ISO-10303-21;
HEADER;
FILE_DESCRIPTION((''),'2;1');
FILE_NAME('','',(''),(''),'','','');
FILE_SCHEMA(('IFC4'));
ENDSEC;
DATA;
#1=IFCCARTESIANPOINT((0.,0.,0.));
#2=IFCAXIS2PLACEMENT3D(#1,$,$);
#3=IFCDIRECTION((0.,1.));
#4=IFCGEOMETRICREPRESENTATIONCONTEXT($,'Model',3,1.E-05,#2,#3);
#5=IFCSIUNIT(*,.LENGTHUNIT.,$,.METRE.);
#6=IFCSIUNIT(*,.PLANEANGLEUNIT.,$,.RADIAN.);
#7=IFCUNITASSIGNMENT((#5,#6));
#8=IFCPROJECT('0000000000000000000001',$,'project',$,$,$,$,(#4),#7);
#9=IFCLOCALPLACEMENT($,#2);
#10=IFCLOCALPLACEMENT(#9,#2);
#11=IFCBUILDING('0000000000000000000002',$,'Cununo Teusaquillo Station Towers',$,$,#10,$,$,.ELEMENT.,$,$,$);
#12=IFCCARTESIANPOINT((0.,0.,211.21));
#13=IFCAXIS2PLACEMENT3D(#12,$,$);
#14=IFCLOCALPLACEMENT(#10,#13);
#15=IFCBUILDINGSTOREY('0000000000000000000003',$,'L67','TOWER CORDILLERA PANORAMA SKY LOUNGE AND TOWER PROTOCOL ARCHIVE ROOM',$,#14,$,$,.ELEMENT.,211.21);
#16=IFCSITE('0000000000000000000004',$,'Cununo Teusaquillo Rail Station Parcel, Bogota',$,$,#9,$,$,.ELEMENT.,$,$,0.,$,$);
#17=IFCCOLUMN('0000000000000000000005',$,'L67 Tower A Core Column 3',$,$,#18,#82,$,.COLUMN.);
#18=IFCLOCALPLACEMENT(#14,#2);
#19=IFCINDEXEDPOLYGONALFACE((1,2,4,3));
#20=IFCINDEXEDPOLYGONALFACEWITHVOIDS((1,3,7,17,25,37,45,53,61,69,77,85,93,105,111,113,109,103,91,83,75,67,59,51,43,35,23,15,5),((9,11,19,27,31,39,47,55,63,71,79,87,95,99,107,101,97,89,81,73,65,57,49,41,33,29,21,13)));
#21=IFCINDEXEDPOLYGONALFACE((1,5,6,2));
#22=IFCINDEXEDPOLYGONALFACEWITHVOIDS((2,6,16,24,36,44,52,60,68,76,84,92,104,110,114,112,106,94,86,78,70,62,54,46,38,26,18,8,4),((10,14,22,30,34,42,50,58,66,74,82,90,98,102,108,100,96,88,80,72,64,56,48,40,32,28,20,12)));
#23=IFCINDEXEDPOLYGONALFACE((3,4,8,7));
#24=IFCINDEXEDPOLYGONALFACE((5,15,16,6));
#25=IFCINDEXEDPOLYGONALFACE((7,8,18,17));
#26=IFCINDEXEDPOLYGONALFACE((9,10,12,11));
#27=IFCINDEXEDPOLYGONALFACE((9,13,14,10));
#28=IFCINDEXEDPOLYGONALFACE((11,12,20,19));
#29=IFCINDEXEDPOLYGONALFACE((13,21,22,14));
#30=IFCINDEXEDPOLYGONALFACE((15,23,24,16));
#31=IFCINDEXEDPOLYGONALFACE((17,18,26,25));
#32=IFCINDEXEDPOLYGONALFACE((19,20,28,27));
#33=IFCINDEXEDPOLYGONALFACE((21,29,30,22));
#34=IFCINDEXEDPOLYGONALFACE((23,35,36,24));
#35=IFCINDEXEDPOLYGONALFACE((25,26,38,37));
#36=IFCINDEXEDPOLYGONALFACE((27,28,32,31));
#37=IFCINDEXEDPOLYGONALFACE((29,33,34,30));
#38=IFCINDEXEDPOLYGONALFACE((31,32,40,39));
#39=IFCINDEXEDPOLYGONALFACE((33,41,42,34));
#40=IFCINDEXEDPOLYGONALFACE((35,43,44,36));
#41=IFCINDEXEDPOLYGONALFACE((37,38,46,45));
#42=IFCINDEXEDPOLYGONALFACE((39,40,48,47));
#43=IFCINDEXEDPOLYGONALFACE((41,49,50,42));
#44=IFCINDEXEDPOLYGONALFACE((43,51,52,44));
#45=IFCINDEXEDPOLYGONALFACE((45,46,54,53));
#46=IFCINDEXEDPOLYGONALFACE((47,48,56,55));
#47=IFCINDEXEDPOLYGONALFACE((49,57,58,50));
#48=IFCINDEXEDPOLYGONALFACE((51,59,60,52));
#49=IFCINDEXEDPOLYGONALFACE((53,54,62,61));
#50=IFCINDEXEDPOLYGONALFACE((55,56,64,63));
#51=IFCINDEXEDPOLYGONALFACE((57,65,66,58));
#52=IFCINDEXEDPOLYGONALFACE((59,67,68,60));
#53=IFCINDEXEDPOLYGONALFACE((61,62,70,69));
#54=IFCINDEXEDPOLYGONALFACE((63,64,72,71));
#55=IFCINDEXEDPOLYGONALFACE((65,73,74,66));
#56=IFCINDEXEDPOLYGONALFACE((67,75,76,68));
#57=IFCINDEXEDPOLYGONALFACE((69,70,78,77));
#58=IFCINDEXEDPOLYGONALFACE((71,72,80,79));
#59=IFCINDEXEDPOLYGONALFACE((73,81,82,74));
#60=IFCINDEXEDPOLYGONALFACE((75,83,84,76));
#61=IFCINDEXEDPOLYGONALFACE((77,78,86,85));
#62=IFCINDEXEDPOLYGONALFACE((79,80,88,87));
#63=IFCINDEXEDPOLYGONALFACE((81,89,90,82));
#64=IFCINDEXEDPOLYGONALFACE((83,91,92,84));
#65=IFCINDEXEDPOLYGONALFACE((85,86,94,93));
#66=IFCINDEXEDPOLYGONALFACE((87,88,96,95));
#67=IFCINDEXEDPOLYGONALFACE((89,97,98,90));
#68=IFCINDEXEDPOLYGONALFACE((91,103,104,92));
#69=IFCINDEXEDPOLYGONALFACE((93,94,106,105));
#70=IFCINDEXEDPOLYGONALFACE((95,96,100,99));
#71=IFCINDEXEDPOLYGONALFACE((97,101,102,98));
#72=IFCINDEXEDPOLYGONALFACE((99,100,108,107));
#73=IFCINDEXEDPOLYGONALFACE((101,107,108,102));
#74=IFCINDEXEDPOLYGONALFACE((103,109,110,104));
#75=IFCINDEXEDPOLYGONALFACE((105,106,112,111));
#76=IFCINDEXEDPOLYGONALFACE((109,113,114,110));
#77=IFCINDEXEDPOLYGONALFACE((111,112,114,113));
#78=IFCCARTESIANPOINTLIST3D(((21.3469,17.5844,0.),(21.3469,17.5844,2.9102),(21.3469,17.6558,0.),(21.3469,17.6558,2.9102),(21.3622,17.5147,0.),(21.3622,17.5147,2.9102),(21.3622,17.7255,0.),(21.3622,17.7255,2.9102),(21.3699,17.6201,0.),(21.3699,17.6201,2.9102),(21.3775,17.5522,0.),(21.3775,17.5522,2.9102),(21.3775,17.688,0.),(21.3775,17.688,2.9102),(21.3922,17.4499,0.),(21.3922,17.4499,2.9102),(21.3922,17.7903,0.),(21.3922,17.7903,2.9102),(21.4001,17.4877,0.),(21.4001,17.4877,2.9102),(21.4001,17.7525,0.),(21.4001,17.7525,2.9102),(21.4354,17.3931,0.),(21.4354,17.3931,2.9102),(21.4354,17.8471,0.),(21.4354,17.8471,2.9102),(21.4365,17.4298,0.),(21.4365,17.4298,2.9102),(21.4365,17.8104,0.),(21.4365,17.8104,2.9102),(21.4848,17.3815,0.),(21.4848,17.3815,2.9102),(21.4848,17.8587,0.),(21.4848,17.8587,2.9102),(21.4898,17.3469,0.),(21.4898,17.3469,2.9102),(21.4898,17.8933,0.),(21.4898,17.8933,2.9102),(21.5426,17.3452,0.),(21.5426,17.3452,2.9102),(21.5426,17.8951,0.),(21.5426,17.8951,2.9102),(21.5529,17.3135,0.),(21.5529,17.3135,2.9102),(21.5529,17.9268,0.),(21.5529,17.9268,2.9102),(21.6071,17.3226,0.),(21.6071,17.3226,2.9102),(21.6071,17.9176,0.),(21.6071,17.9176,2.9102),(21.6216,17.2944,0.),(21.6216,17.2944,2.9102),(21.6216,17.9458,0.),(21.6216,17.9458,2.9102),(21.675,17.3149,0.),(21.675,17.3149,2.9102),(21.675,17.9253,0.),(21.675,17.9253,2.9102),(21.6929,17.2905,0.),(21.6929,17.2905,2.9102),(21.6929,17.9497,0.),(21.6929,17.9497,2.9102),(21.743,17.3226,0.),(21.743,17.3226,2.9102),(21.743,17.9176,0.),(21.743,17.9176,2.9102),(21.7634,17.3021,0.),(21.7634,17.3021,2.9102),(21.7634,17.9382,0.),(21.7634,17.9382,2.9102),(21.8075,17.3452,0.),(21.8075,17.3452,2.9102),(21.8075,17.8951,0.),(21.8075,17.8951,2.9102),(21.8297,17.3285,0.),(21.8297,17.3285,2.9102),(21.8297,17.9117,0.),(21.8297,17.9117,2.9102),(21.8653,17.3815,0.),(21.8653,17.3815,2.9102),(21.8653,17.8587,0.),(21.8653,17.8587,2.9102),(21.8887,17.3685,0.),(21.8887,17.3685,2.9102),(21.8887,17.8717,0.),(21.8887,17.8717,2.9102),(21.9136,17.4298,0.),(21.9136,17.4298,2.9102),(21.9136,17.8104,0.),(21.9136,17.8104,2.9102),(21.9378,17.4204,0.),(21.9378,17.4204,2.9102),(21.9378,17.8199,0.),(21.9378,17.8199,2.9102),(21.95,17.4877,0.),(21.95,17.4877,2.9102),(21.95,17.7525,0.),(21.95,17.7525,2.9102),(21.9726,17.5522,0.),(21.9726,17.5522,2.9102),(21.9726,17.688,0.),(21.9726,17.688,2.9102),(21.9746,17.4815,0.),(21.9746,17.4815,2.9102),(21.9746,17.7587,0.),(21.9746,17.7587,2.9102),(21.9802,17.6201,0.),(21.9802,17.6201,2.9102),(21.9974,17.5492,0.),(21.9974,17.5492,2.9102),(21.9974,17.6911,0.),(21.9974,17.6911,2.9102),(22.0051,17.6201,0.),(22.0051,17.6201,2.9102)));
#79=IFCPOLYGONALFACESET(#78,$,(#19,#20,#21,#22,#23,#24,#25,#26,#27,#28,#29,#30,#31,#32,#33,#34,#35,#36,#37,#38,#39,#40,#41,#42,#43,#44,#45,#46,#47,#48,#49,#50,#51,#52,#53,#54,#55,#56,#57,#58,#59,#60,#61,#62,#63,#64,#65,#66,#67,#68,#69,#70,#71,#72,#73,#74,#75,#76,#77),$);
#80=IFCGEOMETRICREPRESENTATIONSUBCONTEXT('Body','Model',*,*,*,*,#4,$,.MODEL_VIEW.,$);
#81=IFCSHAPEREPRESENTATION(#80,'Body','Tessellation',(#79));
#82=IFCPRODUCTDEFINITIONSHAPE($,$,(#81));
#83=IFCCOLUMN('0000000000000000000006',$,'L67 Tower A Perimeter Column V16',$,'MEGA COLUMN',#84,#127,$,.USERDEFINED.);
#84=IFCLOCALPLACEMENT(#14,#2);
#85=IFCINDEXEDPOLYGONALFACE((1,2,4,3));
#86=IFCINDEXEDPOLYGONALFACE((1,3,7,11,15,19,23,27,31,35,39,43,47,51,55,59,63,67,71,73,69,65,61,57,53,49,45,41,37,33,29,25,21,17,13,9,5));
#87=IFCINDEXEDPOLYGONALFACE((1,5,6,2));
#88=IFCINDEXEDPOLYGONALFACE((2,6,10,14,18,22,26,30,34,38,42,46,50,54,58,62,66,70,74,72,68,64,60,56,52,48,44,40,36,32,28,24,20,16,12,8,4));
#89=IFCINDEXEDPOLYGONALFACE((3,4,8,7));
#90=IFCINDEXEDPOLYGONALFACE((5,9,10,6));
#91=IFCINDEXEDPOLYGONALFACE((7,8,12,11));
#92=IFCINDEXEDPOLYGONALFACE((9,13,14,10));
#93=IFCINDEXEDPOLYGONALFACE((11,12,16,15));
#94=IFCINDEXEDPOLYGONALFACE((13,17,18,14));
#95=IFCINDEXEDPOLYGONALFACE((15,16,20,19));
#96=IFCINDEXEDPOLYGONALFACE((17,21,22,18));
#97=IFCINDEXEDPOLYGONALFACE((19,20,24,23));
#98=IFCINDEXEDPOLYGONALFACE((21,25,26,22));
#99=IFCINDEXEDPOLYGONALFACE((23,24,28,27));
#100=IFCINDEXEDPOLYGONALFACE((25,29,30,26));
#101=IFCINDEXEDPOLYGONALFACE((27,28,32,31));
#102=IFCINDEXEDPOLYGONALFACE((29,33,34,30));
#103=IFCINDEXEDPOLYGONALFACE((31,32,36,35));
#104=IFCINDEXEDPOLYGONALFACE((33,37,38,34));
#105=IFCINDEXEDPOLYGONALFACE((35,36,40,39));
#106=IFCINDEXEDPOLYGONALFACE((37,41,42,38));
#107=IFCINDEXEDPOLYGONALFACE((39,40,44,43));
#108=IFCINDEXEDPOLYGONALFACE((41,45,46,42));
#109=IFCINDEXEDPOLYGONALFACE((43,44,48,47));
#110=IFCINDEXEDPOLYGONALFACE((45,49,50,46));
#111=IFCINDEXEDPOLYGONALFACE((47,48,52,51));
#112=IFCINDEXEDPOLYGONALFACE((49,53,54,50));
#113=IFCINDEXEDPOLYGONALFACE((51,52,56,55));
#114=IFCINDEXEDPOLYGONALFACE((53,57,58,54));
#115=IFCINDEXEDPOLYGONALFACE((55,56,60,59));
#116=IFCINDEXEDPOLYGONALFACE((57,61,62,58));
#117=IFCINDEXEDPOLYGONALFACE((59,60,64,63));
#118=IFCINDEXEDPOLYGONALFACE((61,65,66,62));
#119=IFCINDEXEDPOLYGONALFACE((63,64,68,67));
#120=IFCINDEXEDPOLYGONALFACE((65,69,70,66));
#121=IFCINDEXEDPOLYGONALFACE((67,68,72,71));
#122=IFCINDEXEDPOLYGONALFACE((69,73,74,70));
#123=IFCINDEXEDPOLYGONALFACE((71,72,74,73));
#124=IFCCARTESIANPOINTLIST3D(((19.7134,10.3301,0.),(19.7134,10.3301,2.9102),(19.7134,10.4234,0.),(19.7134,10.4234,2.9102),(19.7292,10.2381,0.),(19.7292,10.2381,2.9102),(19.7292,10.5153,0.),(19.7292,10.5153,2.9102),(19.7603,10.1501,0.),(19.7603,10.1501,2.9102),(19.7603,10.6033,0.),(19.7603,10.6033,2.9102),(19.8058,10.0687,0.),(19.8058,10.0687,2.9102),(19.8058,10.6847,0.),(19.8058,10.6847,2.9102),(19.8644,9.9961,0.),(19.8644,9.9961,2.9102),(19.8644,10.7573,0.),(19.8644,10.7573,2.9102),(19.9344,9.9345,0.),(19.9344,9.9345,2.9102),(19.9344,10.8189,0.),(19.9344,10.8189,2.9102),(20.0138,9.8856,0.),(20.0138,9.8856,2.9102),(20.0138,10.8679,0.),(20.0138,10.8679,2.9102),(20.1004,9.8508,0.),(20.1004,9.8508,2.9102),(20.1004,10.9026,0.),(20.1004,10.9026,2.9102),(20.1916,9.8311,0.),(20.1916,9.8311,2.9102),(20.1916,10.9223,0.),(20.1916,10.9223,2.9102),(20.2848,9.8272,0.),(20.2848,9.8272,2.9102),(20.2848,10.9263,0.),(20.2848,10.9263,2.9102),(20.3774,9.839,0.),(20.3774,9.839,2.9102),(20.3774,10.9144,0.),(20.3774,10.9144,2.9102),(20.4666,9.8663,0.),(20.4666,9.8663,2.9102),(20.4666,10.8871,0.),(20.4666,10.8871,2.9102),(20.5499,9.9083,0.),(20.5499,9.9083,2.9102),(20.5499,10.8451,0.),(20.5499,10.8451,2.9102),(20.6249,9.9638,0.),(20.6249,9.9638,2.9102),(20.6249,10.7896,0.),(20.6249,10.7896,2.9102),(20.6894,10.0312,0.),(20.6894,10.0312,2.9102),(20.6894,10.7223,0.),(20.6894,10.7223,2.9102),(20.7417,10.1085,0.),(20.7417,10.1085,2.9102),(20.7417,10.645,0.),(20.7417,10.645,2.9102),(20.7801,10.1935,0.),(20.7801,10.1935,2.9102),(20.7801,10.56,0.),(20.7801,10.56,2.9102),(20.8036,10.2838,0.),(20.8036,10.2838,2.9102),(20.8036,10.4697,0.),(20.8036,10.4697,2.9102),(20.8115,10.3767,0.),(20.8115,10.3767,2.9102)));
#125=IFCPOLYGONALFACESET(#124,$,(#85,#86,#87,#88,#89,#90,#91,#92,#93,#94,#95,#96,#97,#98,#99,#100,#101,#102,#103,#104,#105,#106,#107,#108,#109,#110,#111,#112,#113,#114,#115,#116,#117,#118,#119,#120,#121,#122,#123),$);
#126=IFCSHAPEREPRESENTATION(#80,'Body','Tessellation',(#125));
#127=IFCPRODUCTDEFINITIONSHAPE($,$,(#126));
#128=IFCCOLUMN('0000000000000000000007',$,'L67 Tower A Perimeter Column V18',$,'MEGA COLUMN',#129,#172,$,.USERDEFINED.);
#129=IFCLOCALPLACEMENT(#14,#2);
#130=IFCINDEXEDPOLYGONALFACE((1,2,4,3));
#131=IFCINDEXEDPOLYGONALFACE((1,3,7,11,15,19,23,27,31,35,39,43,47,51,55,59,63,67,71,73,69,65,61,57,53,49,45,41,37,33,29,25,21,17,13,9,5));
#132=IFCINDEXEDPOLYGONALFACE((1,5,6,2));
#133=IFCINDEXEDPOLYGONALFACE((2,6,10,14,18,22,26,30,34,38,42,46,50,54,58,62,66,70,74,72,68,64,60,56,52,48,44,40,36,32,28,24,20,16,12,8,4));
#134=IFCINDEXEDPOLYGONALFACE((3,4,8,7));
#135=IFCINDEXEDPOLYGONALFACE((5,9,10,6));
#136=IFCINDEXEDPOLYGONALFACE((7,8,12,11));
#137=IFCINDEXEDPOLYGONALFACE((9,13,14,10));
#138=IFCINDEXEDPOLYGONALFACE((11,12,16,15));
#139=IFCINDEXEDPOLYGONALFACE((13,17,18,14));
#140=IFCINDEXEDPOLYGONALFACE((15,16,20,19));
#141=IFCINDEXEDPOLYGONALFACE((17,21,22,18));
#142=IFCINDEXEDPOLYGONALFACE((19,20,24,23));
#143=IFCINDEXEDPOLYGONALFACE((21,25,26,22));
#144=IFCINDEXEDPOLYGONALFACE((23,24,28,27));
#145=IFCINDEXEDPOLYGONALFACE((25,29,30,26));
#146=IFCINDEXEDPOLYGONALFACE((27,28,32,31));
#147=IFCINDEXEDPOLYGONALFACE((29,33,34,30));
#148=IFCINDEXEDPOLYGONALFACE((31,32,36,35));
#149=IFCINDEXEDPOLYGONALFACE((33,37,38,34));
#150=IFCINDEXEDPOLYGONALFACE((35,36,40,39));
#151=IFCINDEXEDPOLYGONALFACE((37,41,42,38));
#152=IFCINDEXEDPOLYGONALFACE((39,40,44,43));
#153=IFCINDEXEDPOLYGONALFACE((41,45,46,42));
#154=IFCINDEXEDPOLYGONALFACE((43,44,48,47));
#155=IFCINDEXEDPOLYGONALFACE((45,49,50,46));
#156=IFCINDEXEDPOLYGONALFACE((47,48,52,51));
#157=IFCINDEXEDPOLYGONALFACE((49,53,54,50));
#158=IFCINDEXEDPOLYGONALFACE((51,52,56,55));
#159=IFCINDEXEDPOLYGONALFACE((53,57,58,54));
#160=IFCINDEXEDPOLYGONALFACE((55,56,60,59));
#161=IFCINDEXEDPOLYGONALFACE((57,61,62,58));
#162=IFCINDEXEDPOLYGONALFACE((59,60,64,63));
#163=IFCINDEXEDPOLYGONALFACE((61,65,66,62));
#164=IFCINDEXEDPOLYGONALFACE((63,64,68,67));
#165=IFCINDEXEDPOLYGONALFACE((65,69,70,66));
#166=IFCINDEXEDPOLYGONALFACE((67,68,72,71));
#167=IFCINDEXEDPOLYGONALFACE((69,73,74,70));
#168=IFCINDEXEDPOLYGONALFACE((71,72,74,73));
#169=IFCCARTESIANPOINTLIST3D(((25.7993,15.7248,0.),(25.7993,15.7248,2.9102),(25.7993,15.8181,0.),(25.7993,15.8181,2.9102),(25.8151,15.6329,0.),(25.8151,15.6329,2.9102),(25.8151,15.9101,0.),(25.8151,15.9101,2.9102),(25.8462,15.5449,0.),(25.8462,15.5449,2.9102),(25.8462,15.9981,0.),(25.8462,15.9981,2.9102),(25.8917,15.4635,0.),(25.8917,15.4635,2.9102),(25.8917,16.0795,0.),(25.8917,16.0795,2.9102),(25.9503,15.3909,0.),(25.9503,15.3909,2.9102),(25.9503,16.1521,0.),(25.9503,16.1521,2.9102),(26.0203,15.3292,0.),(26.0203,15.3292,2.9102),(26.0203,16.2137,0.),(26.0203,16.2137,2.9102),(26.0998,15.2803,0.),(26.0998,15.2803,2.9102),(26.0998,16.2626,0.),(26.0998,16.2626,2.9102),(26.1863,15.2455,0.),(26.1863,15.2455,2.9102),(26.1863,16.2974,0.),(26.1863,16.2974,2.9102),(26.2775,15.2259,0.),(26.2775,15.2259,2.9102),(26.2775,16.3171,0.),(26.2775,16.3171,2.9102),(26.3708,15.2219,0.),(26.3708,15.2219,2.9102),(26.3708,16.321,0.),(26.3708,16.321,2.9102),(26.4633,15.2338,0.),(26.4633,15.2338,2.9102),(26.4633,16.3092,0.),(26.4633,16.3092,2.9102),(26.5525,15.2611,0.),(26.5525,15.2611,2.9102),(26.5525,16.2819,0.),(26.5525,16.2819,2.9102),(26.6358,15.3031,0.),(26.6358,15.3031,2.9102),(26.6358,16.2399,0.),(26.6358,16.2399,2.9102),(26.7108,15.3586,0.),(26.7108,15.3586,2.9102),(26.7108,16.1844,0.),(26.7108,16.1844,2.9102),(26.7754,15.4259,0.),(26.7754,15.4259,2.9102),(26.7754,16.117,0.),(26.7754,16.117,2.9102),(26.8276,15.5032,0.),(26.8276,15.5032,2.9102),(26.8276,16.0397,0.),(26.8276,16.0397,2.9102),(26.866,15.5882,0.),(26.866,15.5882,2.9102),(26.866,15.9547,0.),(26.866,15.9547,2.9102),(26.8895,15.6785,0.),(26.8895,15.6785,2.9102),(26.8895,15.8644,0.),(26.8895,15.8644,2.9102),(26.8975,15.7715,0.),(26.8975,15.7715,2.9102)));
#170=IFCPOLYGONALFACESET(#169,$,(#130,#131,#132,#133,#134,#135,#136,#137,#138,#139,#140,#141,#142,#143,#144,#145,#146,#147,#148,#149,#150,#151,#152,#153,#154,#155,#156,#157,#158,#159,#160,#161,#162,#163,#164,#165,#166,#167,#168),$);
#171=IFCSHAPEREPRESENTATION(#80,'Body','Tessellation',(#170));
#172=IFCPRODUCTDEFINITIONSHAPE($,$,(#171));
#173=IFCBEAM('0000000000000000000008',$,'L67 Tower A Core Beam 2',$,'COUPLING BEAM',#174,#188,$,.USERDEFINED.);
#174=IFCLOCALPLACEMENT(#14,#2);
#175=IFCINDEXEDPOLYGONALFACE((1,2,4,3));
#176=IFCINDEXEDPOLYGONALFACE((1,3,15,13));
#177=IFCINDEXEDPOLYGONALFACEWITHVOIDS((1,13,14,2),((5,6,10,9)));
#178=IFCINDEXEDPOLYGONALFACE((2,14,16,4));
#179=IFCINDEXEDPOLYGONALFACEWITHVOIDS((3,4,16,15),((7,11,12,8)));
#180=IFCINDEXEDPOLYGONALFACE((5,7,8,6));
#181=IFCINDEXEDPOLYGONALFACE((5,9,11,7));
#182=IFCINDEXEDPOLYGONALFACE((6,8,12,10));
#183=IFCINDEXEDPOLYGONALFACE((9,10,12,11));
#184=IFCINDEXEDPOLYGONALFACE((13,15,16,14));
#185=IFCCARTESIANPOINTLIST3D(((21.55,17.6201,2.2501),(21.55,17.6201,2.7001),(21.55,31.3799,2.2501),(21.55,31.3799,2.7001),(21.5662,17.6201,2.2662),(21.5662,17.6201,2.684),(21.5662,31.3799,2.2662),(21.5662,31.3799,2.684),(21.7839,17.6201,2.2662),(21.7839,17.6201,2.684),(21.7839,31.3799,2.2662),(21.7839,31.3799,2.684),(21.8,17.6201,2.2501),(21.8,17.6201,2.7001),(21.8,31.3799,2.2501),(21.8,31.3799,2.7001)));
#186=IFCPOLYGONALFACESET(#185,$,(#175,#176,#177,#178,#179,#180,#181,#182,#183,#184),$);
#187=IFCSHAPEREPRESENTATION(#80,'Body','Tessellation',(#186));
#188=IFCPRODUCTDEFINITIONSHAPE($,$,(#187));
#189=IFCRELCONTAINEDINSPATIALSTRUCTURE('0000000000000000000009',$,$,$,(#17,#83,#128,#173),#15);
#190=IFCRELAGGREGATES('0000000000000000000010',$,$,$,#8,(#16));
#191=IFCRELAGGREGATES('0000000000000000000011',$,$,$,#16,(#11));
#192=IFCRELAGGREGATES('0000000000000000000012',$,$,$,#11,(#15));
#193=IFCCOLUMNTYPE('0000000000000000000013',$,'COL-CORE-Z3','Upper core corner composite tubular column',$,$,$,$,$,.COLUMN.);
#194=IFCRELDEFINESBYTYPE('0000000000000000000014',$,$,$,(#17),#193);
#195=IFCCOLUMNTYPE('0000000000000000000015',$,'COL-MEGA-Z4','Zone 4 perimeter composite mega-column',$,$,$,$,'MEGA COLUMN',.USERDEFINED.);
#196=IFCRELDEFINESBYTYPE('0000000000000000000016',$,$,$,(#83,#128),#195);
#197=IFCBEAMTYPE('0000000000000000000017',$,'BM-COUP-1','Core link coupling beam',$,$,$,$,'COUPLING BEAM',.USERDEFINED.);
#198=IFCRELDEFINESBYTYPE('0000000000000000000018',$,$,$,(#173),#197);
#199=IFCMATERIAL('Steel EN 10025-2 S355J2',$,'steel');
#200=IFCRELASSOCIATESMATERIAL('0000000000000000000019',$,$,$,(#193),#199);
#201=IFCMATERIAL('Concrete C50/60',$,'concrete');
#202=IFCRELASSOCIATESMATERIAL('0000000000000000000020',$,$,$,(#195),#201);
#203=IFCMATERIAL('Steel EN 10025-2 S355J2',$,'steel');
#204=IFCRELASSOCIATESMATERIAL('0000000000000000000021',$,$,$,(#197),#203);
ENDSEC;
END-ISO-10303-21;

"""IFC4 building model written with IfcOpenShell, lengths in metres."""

from ifc_helpers import new_model, si_unit, direction, frame, origin, origin_2d, place, context, subcontext, project, spatial, hollow_rectangle, circle, hollow_circle, extrude, material, material_profile, profile_set, type_object, element, save


model = new_model("IFC4")

# Units and contexts
model_context = context("Model", 3, precision=1e-05, world=origin(), true_north=direction((0.0, 1.0)))
body_context = subcontext(model_context, "Body", "Model", "MODEL_VIEW")
ifc_project = project(units=[si_unit("LENGTHUNIT", "METRE"), si_unit("PLANEANGLEUNIT", "RADIAN")], contexts=[model_context])

# Site, building, storey
site_placement = place(None, origin())
site = spatial("IfcSite", under=ifc_project, at=site_placement, Name="Cununo Teusaquillo Rail Station Parcel, Bogota", CompositionType="ELEMENT", RefElevation=0.0)
building_placement = place(site_placement, origin())
building = spatial("IfcBuilding", under=site, at=building_placement, Name="Cununo Teusaquillo Station Towers", CompositionType="ELEMENT")
storey_placement = place(building_placement, frame((0.0, 0.0, 211.21)))
storey = spatial("IfcBuildingStorey", under=building, at=storey_placement, Name="L67", Description="TOWER CORDILLERA PANORAMA SKY LOUNGE AND TOWER PROTOCOL ARCHIVE ROOM", CompositionType="ELEMENT", Elevation=211.21)

# Columns
ifc_material_1 = material(Name="Steel EN 10025-2 S355J2", Category="steel")
ifc_material_profile_1 = material_profile(ifc_material_1, hollow_circle(Radius=0.3301, WallThickness=0.0249, at=origin_2d()), Name="CHS 660x25")
ifc_profile_set_1 = profile_set([ifc_material_profile_1], Name="Steel EN 10025-2 S355J2")
column_type_1 = type_object("IfcColumnType", Name="COL-CORE-Z3", Description="Upper core corner composite tubular column", PredefinedType="COLUMN", material=ifc_profile_set_1)
column_placement = place(storey_placement, frame((21.675, 17.6201, 0.0), z_axis=(0.0, 0.0, 1.0), x_axis=(1.0, 0.0, 0.0)))
element("IfcColumn", 1, at=column_placement, inside=storey, type_object=column_type_1, Name="L67 Tower A Core Column 3", PredefinedType="COLUMN", context=body_context, shape_type="SweptSolid", body=[
    extrude(hollow_circle(Radius=0.3301, WallThickness=0.0249, at=origin_2d()), origin(), (0.0, 0.0, 1.0), 2.9102),
])
ifc_material_2 = material(Name="Concrete C50/60", Category="concrete")
ifc_material_profile_2 = material_profile(ifc_material_2, circle(Radius=0.55, at=origin_2d()), Name="RC-CIRC-1100")
ifc_profile_set_2 = profile_set([ifc_material_profile_2], Name="Concrete C50/60")
column_type_2 = type_object("IfcColumnType", Name="COL-MEGA-Z4", Description="Zone 4 perimeter composite mega-column", ElementType="MEGA COLUMN", PredefinedType="USERDEFINED", material=ifc_profile_set_2)
for number, where, z_axis, x_axis, name in (
    (2, (20.2615, 10.3767, 0.0), (0.0, 0.0, 1.0), (1.0, 0.0, 0.0), "L67 Tower A Perimeter Column V16"),
    (3, (26.3474, 15.7715, 0.0), (0.0, 0.0, 1.0), (1.0, 0.0, 0.0), "L67 Tower A Perimeter Column V18"),
):
    element("IfcColumn", number, at=place(storey_placement, frame(where, z_axis=z_axis, x_axis=x_axis)), inside=storey, type_object=column_type_2, Name=name, ObjectType="MEGA COLUMN", PredefinedType="USERDEFINED", context=body_context, shape_type="SweptSolid", body=[
        extrude(circle(Radius=0.55, at=origin_2d()), origin(), (0.0, 0.0, 1.0), 2.9102),
    ])

# Beam
ifc_material_3 = material(Name="Steel EN 10025-2 S355J2", Category="steel")
ifc_material_profile_3 = material_profile(ifc_material_3, hollow_rectangle(XDim=0.25, YDim=0.45, WallThickness=0.0161, at=origin_2d()), Name="RHS 450x250x16")
ifc_profile_set_3 = profile_set([ifc_material_profile_3], Name="Steel EN 10025-2 S355J2")
beam_type_1 = type_object("IfcBeamType", Name="BM-COUP-1", Description="Core link coupling beam", ElementType="COUPLING BEAM", PredefinedType="USERDEFINED", material=ifc_profile_set_3)
beam_1_placement = place(storey_placement, frame((21.675, 17.6201, 2.4751), z_axis=(0.0, 1.0, 0.0), x_axis=(-1.0, 0.0, 0.0)))
element("IfcBeam", 4, at=beam_1_placement, inside=storey, type_object=beam_type_1, Name="L67 Tower A Core Beam 2", ObjectType="COUPLING BEAM", PredefinedType="USERDEFINED", context=body_context, shape_type="SweptSolid", body=[
    extrude(hollow_rectangle(XDim=0.25, YDim=0.45, WallThickness=0.0161, at=origin_2d()), origin(), (0.0, 0.0, 1.0), 13.7598),
])

save(model, "model.ifc")
